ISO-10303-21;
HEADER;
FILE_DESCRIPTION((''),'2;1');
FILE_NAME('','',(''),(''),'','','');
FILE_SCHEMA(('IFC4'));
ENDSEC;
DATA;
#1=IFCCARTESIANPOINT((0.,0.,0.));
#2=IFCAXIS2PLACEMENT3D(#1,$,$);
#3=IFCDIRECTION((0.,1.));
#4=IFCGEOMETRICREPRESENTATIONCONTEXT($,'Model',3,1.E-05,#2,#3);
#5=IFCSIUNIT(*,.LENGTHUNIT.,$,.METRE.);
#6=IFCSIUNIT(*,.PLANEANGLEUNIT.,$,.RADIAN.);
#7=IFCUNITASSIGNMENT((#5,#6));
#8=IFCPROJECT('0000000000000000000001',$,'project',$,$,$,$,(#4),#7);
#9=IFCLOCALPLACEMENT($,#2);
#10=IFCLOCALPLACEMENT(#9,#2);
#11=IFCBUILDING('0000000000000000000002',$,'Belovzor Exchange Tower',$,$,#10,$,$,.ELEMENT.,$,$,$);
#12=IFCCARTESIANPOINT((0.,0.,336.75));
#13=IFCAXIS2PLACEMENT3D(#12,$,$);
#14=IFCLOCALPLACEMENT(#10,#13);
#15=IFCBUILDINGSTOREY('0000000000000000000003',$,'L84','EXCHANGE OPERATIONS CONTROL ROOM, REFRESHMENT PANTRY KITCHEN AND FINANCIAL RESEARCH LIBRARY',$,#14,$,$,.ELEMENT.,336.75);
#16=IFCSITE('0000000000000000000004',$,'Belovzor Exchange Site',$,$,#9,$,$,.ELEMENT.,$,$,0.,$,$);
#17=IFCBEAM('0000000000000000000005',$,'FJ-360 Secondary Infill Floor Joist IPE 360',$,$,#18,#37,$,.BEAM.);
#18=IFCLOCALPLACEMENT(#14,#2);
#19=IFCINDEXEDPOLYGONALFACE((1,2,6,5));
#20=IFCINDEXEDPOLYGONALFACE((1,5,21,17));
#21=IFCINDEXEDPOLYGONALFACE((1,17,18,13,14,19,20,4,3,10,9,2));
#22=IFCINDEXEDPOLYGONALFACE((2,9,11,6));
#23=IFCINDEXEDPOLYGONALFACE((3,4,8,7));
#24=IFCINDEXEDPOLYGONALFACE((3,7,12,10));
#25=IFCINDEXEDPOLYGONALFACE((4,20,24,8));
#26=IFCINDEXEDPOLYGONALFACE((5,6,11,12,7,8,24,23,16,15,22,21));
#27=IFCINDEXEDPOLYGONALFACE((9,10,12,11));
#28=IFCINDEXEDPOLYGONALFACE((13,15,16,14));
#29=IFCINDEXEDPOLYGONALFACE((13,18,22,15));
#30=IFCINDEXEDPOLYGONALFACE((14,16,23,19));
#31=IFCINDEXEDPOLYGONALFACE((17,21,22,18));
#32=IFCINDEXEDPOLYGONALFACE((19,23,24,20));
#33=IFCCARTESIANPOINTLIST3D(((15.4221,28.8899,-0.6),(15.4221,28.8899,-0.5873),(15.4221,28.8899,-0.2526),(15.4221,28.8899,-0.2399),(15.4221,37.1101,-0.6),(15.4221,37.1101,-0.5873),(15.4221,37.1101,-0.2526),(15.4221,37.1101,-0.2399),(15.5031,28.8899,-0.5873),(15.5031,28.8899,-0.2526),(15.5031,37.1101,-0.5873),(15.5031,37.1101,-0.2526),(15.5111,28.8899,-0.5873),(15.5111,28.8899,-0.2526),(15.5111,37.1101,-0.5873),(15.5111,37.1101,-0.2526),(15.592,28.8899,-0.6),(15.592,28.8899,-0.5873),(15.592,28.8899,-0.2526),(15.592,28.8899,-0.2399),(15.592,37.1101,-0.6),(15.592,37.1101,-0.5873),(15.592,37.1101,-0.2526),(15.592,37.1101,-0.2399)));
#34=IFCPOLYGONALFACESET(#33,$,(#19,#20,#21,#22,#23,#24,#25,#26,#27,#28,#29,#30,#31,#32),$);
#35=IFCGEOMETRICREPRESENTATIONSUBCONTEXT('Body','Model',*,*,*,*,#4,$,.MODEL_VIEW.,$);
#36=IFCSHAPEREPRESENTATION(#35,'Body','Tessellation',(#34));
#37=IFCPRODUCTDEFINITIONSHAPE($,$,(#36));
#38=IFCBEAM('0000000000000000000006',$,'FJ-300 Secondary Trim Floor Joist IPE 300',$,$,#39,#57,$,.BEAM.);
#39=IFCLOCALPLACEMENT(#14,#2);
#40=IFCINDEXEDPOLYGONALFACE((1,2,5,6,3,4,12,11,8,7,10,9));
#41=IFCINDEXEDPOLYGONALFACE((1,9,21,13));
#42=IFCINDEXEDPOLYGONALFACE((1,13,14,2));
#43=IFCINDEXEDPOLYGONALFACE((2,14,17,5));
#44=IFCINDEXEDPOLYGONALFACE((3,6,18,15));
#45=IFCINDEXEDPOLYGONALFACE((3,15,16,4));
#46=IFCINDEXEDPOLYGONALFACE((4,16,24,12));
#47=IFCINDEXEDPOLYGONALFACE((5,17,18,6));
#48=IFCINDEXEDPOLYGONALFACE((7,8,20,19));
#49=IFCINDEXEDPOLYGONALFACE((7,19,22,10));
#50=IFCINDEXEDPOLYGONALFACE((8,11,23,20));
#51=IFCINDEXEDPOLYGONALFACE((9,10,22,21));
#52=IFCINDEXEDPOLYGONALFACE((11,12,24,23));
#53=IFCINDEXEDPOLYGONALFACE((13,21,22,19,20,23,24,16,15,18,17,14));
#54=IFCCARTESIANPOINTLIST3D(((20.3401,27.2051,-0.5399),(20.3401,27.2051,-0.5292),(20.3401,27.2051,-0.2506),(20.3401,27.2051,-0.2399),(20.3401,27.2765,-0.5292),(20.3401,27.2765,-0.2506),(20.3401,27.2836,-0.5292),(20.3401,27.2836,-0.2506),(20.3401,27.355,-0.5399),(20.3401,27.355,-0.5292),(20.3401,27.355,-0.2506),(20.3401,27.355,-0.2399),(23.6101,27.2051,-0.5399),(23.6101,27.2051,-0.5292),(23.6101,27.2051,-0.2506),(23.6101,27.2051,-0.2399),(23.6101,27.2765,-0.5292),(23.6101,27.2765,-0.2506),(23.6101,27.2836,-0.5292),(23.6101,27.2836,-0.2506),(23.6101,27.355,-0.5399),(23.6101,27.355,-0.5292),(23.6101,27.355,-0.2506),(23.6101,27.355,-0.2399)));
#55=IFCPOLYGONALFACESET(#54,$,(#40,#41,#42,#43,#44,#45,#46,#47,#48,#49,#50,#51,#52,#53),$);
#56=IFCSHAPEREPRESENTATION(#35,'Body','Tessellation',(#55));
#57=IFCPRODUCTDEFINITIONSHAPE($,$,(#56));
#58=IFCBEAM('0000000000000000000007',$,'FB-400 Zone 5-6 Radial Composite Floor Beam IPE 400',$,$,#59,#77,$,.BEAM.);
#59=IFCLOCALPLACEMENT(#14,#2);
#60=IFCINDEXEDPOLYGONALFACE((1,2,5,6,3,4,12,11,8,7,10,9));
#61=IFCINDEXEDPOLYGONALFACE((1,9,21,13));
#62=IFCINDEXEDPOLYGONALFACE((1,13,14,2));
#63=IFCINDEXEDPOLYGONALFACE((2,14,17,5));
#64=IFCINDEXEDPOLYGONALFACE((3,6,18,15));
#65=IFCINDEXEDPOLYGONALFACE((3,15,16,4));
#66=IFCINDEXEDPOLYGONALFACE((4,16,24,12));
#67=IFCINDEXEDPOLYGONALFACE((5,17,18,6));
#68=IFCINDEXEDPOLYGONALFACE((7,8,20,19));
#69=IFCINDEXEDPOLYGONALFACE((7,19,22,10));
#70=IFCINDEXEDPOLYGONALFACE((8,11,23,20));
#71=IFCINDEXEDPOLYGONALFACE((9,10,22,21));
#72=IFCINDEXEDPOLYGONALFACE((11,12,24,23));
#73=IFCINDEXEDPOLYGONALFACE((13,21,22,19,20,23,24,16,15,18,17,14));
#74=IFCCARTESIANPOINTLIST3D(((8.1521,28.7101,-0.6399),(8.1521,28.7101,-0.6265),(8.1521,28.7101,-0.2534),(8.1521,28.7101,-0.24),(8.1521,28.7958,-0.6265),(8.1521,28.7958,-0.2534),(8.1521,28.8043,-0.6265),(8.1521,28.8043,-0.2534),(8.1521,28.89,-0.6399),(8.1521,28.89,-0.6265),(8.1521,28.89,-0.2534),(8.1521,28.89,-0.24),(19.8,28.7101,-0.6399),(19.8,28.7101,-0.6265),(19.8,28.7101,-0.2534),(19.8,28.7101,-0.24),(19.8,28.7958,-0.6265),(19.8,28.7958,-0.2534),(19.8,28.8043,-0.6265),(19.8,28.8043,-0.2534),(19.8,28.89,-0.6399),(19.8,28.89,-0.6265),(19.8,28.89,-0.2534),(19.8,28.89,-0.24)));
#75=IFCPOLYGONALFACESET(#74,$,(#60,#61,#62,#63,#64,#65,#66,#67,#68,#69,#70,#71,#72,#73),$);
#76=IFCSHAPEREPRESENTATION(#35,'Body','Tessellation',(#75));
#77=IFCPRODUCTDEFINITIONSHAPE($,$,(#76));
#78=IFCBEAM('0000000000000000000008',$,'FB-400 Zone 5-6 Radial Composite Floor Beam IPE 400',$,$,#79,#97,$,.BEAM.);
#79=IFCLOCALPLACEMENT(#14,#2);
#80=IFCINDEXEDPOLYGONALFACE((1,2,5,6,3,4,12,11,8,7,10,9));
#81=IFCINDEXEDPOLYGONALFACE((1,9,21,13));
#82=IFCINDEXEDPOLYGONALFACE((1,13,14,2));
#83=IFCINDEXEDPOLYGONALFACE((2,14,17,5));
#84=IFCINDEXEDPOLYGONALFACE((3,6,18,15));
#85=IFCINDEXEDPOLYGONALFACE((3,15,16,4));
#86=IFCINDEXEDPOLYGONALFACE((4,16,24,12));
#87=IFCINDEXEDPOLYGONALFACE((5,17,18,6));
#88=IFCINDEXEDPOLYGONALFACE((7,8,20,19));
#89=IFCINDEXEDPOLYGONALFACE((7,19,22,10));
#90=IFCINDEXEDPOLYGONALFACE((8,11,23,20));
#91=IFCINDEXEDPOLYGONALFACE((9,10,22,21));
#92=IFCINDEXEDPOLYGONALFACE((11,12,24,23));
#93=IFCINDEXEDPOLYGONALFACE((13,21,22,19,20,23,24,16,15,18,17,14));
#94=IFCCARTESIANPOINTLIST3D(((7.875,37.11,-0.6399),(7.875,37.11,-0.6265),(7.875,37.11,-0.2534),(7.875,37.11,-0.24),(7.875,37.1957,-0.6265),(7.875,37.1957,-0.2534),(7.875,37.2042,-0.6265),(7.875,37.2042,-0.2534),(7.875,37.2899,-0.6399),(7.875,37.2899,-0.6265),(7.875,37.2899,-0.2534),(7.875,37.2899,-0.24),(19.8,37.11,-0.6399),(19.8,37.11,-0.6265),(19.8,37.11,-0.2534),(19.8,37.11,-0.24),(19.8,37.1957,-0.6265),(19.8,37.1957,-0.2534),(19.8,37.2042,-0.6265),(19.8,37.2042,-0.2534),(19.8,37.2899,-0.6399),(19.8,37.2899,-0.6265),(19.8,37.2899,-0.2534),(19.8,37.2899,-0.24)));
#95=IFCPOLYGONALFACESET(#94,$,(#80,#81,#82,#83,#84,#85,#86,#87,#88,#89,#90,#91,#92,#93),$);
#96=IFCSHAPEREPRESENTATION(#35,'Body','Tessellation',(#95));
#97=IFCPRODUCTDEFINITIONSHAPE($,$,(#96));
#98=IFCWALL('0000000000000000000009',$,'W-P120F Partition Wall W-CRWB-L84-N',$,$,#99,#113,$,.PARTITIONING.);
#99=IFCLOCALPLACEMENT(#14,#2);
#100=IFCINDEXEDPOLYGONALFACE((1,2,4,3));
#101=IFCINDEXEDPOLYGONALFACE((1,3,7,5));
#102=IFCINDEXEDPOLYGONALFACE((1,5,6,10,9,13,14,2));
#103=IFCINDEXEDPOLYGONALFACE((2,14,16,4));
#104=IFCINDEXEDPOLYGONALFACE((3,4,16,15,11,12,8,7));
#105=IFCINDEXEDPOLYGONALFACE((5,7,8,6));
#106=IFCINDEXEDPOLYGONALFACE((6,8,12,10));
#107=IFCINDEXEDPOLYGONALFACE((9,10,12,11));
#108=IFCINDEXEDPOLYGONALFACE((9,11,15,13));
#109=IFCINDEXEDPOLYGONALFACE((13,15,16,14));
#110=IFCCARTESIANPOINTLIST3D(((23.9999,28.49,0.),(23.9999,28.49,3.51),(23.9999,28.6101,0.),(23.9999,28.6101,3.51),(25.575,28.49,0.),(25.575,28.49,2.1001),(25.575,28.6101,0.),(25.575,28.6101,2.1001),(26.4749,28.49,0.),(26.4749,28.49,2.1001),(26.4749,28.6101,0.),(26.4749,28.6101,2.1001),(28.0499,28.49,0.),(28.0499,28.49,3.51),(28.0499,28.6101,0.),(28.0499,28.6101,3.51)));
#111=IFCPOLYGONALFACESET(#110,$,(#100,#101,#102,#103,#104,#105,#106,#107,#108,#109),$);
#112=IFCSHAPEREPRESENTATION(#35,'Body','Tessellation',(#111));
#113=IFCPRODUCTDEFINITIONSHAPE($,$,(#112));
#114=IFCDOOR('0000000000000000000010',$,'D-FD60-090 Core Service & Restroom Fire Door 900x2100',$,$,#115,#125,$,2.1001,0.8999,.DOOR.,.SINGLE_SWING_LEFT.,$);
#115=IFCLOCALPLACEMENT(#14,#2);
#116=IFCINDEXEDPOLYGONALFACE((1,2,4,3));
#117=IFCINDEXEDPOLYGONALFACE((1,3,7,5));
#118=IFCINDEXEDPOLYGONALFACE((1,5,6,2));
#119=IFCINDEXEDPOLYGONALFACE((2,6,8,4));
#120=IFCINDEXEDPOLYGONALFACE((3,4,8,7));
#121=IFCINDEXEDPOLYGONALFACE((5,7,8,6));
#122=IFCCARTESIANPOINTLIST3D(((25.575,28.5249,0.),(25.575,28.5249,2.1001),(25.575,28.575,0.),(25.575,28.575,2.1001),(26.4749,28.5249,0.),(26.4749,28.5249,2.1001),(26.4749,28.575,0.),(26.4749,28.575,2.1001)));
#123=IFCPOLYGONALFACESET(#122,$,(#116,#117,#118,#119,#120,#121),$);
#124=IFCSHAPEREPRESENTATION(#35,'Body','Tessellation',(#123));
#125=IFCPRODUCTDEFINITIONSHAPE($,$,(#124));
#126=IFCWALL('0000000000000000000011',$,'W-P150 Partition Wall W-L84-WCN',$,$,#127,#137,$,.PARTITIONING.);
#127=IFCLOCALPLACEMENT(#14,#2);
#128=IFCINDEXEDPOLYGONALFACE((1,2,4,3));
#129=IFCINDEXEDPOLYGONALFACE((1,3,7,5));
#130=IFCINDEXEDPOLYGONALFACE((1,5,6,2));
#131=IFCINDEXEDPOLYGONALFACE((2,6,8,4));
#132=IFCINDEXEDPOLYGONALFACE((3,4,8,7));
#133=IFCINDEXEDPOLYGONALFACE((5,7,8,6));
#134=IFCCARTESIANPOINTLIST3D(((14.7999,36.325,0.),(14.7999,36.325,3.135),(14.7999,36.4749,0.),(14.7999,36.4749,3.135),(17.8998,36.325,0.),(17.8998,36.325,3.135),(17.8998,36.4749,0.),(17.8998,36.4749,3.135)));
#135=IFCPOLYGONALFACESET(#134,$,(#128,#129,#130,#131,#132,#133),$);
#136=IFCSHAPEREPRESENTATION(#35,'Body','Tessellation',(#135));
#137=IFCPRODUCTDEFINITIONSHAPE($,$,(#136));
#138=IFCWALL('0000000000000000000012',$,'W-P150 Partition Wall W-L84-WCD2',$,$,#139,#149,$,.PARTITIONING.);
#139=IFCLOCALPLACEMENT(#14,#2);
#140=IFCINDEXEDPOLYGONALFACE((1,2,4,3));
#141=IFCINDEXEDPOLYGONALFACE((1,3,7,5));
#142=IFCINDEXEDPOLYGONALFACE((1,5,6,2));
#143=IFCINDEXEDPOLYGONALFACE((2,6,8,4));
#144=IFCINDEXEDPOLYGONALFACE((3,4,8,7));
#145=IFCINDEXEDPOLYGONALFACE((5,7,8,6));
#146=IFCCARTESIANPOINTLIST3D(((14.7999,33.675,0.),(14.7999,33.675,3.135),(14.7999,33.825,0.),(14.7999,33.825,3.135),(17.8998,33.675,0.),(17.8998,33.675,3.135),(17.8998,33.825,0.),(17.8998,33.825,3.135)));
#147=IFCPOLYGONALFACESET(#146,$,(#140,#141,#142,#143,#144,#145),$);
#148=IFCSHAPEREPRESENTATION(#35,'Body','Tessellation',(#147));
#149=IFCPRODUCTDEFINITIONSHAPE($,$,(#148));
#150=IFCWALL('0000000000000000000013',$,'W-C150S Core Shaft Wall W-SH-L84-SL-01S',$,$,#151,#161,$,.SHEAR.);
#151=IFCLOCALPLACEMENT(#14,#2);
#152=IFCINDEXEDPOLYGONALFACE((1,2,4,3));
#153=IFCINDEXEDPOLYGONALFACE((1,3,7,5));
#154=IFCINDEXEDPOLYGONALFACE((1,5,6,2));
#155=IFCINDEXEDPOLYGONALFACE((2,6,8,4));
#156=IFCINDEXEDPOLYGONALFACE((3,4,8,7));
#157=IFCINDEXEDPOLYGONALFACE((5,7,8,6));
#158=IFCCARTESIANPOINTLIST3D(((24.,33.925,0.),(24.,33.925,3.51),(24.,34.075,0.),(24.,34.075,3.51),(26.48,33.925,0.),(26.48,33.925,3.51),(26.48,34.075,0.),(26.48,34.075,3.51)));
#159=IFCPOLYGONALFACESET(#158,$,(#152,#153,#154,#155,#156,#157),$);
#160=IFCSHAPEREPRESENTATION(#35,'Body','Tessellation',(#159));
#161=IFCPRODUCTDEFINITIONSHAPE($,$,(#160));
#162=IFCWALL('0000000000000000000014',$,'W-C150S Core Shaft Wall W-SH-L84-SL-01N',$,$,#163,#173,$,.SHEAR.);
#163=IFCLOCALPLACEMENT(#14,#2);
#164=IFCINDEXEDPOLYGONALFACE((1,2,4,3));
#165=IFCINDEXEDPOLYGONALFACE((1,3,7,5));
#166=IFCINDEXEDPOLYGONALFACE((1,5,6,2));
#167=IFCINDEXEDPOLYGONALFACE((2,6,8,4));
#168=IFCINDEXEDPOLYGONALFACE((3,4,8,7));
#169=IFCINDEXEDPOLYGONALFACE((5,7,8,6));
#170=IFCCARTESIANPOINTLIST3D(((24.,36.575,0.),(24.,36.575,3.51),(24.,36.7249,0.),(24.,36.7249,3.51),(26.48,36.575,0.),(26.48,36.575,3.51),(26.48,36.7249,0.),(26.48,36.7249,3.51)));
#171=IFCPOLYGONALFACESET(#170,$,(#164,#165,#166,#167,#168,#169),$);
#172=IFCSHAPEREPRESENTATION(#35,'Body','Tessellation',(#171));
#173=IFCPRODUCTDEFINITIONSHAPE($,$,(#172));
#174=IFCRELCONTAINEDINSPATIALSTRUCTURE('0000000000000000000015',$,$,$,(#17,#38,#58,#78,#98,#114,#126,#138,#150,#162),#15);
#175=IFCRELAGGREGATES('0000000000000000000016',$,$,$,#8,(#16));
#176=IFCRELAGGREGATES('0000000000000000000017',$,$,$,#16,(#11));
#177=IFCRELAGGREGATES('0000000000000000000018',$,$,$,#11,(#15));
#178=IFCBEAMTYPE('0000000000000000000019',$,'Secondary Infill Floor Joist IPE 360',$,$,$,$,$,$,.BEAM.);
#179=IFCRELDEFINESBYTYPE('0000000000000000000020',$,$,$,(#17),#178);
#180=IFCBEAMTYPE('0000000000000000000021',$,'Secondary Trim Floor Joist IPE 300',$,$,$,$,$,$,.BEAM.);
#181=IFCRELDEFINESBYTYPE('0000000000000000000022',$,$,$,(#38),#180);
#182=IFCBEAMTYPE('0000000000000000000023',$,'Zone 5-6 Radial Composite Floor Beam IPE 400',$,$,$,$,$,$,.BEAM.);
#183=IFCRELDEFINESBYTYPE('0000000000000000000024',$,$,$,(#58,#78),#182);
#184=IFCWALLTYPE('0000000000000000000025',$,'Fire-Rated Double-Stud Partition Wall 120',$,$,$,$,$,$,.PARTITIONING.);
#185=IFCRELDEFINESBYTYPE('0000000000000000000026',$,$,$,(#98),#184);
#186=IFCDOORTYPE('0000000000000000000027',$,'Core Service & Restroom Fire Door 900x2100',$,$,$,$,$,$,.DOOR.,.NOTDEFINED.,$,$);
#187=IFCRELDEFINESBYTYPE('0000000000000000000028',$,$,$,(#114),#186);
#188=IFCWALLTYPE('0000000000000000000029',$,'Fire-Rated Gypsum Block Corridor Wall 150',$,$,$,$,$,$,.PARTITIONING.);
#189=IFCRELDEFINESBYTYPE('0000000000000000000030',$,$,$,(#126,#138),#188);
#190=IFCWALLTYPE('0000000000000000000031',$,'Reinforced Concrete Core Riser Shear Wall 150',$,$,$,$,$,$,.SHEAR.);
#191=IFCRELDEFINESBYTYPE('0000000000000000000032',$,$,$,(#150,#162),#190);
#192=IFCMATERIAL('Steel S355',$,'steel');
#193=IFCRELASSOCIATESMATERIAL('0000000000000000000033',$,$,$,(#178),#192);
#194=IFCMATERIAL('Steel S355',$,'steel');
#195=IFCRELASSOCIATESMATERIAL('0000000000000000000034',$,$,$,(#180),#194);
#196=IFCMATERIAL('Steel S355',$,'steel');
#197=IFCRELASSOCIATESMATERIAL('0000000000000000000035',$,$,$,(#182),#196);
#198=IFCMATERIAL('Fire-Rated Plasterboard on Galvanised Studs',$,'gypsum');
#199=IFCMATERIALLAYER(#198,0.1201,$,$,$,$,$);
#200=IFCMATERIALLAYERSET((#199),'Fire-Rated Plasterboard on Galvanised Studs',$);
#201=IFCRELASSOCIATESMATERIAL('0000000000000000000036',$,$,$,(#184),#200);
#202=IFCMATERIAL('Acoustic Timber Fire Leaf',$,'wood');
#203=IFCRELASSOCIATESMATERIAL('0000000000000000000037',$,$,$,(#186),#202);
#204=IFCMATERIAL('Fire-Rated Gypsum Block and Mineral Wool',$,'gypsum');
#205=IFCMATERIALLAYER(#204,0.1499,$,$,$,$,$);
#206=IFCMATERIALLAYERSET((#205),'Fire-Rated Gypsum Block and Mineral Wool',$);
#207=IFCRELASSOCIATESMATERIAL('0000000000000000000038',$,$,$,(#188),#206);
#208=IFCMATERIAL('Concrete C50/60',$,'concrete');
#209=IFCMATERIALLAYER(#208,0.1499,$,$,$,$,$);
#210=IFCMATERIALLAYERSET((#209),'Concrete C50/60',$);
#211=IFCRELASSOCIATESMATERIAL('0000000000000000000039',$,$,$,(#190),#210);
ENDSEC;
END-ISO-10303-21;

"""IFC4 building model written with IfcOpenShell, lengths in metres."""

from ifc_helpers import new_model, si_unit, direction, frame, frame_2d, origin, origin_2d, place, context, subcontext, project, spatial, rectangle, i_section, extrude, material, layer, layer_set, material_profile, profile_set, type_object, element, fill, save


model = new_model("IFC4")

# Units and contexts
model_context = context("Model", 3, precision=1e-05, world=origin(), true_north=direction((0.0, 1.0)))
body_context = subcontext(model_context, "Body", "Model", "MODEL_VIEW")
ifc_project = project(units=[si_unit("LENGTHUNIT", "METRE"), si_unit("PLANEANGLEUNIT", "RADIAN")], contexts=[model_context])

# Site, building, storey
site_placement = place(None, origin())
site = spatial("IfcSite", under=ifc_project, at=site_placement, Name="Belovzor Exchange Site", CompositionType="ELEMENT", RefElevation=0.0)
building_placement = place(site_placement, origin())
building = spatial("IfcBuilding", under=site, at=building_placement, Name="Belovzor Exchange Tower", CompositionType="ELEMENT")
storey_placement = place(building_placement, frame((0.0, 0.0, 336.75)))
storey = spatial("IfcBuildingStorey", under=building, at=storey_placement, Name="L84", Description="EXCHANGE OPERATIONS CONTROL ROOM, REFRESHMENT PANTRY KITCHEN AND FINANCIAL RESEARCH LIBRARY", CompositionType="ELEMENT", Elevation=336.75)

# Beams
ifc_material_1 = material(Name="Steel S355", Category="steel")
ifc_material_profile_1 = material_profile(ifc_material_1, i_section(OverallWidth=0.1699, OverallDepth=0.3601, WebThickness=0.0081, FlangeThickness=0.0127, at=origin_2d()))
ifc_profile_set_1 = profile_set([ifc_material_profile_1], Name="Steel S355")
beam_type_1 = type_object("IfcBeamType", Name="Secondary Infill Floor Joist IPE 360", PredefinedType="BEAM", material=ifc_profile_set_1)
beam_1_placement = place(storey_placement, frame((15.5071, 28.8899, -0.4199), z_axis=(0.0, 1.0, 0.0), x_axis=(-1.0, 0.0, 0.0)))
element("IfcBeam", 1, at=beam_1_placement, inside=storey, type_object=beam_type_1, Name="FJ-360 Secondary Infill Floor Joist IPE 360", PredefinedType="BEAM", context=body_context, shape_type="SweptSolid", body=[
    extrude(i_section(OverallWidth=0.1699, OverallDepth=0.3601, WebThickness=0.0081, FlangeThickness=0.0127, at=origin_2d()), origin(), (0.0, 0.0, 1.0), 8.2202),
])
ifc_material_2 = material(Name="Steel S355", Category="steel")
ifc_material_profile_2 = material_profile(ifc_material_2, i_section(OverallWidth=0.1499, OverallDepth=0.3, WebThickness=0.0071, FlangeThickness=0.0107, at=origin_2d()))
ifc_profile_set_2 = profile_set([ifc_material_profile_2], Name="Steel S355")
beam_type_2 = type_object("IfcBeamType", Name="Secondary Trim Floor Joist IPE 300", PredefinedType="BEAM", material=ifc_profile_set_2)
beam_2_placement = place(storey_placement, frame((20.3401, 27.28, -0.3899), z_axis=(1.0, 0.0, 0.0), x_axis=(0.0, 1.0, 0.0)))
element("IfcBeam", 2, at=beam_2_placement, inside=storey, type_object=beam_type_2, Name="FJ-300 Secondary Trim Floor Joist IPE 300", PredefinedType="BEAM", context=body_context, shape_type="SweptSolid", body=[
    extrude(i_section(OverallWidth=0.1499, OverallDepth=0.3, WebThickness=0.0071, FlangeThickness=0.0107, at=origin_2d()), origin(), (0.0, 0.0, 1.0), 3.27),
])
ifc_material_3 = material(Name="Steel S355", Category="steel")
ifc_material_profile_3 = material_profile(ifc_material_3, i_section(OverallWidth=0.1799, OverallDepth=0.3999, WebThickness=0.0085, FlangeThickness=0.0134, at=origin_2d()))
ifc_profile_set_3 = profile_set([ifc_material_profile_3], Name="Steel S355")
beam_type_3 = type_object("IfcBeamType", Name="Zone 5-6 Radial Composite Floor Beam IPE 400", PredefinedType="BEAM", material=ifc_profile_set_3)
beam_3_placement = place(storey_placement, frame((19.8, 28.8, -0.4399), z_axis=(-1.0, 0.0, 0.0), x_axis=(0.0, -1.0, 0.0)))
element("IfcBeam", 3, at=beam_3_placement, inside=storey, type_object=beam_type_3, Name="FB-400 Zone 5-6 Radial Composite Floor Beam IPE 400", PredefinedType="BEAM", context=body_context, shape_type="SweptSolid", body=[
    extrude(i_section(OverallWidth=0.1799, OverallDepth=0.3999, WebThickness=0.0085, FlangeThickness=0.0134, at=origin_2d()), origin(), (0.0, 0.0, 1.0), 11.6479),
])
beam_4_placement = place(storey_placement, frame((19.8, 37.2, -0.4399), z_axis=(-1.0, 0.0, 0.0), x_axis=(0.0, -1.0, 0.0)))
element("IfcBeam", 4, at=beam_4_placement, inside=storey, type_object=beam_type_3, Name="FB-400 Zone 5-6 Radial Composite Floor Beam IPE 400", PredefinedType="BEAM", context=body_context, shape_type="SweptSolid", body=[
    extrude(i_section(OverallWidth=0.1799, OverallDepth=0.3999, WebThickness=0.0085, FlangeThickness=0.0134, at=origin_2d()), origin(), (0.0, 0.0, 1.0), 11.925),
])

# Wall, opening, door
ifc_material_4 = material(Name="Fire-Rated Plasterboard on Galvanised Studs", Category="gypsum")
ifc_layer_1 = layer(ifc_material_4, 0.1201)
ifc_layer_set_1 = layer_set([ifc_layer_1], Name="Fire-Rated Plasterboard on Galvanised Studs")
wall_type_1 = type_object("IfcWallType", Name="Fire-Rated Double-Stud Partition Wall 120", PredefinedType="PARTITIONING", material=ifc_layer_set_1)
wall_1_placement = place(storey_placement, frame((24.0, 28.55, 0.0), z_axis=(0.0, 0.0, 1.0), x_axis=(1.0, 0.0, 0.0)))
wall_1 = element("IfcWall", 5, at=wall_1_placement, inside=storey, type_object=wall_type_1, Name="W-P120F Partition Wall W-CRWB-L84-N", PredefinedType="PARTITIONING", context=body_context, shape_type="SweptSolid", body=[
    extrude(rectangle(XDim=4.05, YDim=0.1201, at=frame_2d((2.0249, 0.0))), origin(), (0.0, 0.0, 1.0), 3.51),
])
opening_1_placement = place(wall_1_placement, frame((1.575, 0.0, 0.0)))
opening_1 = element("IfcOpeningElement", 6, at=opening_1_placement, cuts=wall_1, PredefinedType="OPENING", context=body_context, shape_type="SweptSolid", body=[
    extrude(rectangle(XDim=0.8999, YDim=2.1001, at=frame_2d((0.45, 1.05))), frame((0.0, 0.0701, 0.0), z_axis=(0.0, -1.0, 0.0), x_axis=(1.0, 0.0, 0.0)), (0.0, 0.0, 1.0), 0.1401),
])
ifc_material_5 = material(Name="Acoustic Timber Fire Leaf", Category="wood")
door_type_1 = type_object("IfcDoorType", Name="Core Service & Restroom Fire Door 900x2100", OperationType="NOTDEFINED", PredefinedType="DOOR", material=ifc_material_5)
door_1_placement = place(opening_1_placement, origin())
door_1 = element("IfcDoor", 7, at=door_1_placement, inside=storey, type_object=door_type_1, Name="D-FD60-090 Core Service & Restroom Fire Door 900x2100", OperationType="SINGLE_SWING_LEFT", OverallHeight=2.1001, OverallWidth=0.8999, PredefinedType="DOOR", context=body_context, shape_type="SweptSolid", body=[
    extrude(rectangle(XDim=0.8999, YDim=2.1001, at=frame_2d((0.45, 1.05))), frame((0.0, 0.0249, 0.0), z_axis=(0.0, -1.0, 0.0), x_axis=(1.0, 0.0, 0.0)), (0.0, 0.0, 1.0), 0.05),
])
fill(opening_1, door_1)

# Walls
ifc_material_6 = material(Name="Fire-Rated Gypsum Block and Mineral Wool", Category="gypsum")
ifc_layer_2 = layer(ifc_material_6, 0.1499)
ifc_layer_set_2 = layer_set([ifc_layer_2], Name="Fire-Rated Gypsum Block and Mineral Wool")
wall_type_2 = type_object("IfcWallType", Name="Fire-Rated Gypsum Block Corridor Wall 150", PredefinedType="PARTITIONING", material=ifc_layer_set_2)
for number, where, z_axis, x_axis, name in (
    (8, (14.8, 36.3999, 0.0), (0.0, 0.0, 1.0), (1.0, 0.0, 0.0), "W-P150 Partition Wall W-L84-WCN"),
    (9, (14.8, 33.75, 0.0), (0.0, 0.0, 1.0), (1.0, 0.0, 0.0), "W-P150 Partition Wall W-L84-WCD2"),
):
    element("IfcWall", number, at=place(storey_placement, frame(where, z_axis=z_axis, x_axis=x_axis)), inside=storey, type_object=wall_type_2, Name=name, PredefinedType="PARTITIONING", context=body_context, shape_type="SweptSolid", body=[
        extrude(rectangle(XDim=3.0999, YDim=0.1499, at=frame_2d((1.5498, 0.0))), origin(), (0.0, 0.0, 1.0), 3.135),
    ])
ifc_material_7 = material(Name="Concrete C50/60", Category="concrete")
ifc_layer_3 = layer(ifc_material_7, 0.1499)
ifc_layer_set_3 = layer_set([ifc_layer_3], Name="Concrete C50/60")
wall_type_3 = type_object("IfcWallType", Name="Reinforced Concrete Core Riser Shear Wall 150", PredefinedType="SHEAR", material=ifc_layer_set_3)
for number, where, z_axis, x_axis, name in (
    (10, (24.0, 34.0, 0.0), (0.0, 0.0, 1.0), (1.0, 0.0, 0.0), "W-C150S Core Shaft Wall W-SH-L84-SL-01S"),
    (11, (24.0, 36.6499, 0.0), (0.0, 0.0, 1.0), (1.0, 0.0, 0.0), "W-C150S Core Shaft Wall W-SH-L84-SL-01N"),
):
    element("IfcWall", number, at=place(storey_placement, frame(where, z_axis=z_axis, x_axis=x_axis)), inside=storey, type_object=wall_type_3, Name=name, PredefinedType="SHEAR", context=body_context, shape_type="SweptSolid", body=[
        extrude(rectangle(XDim=2.48, YDim=0.1499, at=frame_2d((1.24, 0.0))), origin(), (0.0, 0.0, 1.0), 3.51),
    ])

save(model, "model.ifc")
